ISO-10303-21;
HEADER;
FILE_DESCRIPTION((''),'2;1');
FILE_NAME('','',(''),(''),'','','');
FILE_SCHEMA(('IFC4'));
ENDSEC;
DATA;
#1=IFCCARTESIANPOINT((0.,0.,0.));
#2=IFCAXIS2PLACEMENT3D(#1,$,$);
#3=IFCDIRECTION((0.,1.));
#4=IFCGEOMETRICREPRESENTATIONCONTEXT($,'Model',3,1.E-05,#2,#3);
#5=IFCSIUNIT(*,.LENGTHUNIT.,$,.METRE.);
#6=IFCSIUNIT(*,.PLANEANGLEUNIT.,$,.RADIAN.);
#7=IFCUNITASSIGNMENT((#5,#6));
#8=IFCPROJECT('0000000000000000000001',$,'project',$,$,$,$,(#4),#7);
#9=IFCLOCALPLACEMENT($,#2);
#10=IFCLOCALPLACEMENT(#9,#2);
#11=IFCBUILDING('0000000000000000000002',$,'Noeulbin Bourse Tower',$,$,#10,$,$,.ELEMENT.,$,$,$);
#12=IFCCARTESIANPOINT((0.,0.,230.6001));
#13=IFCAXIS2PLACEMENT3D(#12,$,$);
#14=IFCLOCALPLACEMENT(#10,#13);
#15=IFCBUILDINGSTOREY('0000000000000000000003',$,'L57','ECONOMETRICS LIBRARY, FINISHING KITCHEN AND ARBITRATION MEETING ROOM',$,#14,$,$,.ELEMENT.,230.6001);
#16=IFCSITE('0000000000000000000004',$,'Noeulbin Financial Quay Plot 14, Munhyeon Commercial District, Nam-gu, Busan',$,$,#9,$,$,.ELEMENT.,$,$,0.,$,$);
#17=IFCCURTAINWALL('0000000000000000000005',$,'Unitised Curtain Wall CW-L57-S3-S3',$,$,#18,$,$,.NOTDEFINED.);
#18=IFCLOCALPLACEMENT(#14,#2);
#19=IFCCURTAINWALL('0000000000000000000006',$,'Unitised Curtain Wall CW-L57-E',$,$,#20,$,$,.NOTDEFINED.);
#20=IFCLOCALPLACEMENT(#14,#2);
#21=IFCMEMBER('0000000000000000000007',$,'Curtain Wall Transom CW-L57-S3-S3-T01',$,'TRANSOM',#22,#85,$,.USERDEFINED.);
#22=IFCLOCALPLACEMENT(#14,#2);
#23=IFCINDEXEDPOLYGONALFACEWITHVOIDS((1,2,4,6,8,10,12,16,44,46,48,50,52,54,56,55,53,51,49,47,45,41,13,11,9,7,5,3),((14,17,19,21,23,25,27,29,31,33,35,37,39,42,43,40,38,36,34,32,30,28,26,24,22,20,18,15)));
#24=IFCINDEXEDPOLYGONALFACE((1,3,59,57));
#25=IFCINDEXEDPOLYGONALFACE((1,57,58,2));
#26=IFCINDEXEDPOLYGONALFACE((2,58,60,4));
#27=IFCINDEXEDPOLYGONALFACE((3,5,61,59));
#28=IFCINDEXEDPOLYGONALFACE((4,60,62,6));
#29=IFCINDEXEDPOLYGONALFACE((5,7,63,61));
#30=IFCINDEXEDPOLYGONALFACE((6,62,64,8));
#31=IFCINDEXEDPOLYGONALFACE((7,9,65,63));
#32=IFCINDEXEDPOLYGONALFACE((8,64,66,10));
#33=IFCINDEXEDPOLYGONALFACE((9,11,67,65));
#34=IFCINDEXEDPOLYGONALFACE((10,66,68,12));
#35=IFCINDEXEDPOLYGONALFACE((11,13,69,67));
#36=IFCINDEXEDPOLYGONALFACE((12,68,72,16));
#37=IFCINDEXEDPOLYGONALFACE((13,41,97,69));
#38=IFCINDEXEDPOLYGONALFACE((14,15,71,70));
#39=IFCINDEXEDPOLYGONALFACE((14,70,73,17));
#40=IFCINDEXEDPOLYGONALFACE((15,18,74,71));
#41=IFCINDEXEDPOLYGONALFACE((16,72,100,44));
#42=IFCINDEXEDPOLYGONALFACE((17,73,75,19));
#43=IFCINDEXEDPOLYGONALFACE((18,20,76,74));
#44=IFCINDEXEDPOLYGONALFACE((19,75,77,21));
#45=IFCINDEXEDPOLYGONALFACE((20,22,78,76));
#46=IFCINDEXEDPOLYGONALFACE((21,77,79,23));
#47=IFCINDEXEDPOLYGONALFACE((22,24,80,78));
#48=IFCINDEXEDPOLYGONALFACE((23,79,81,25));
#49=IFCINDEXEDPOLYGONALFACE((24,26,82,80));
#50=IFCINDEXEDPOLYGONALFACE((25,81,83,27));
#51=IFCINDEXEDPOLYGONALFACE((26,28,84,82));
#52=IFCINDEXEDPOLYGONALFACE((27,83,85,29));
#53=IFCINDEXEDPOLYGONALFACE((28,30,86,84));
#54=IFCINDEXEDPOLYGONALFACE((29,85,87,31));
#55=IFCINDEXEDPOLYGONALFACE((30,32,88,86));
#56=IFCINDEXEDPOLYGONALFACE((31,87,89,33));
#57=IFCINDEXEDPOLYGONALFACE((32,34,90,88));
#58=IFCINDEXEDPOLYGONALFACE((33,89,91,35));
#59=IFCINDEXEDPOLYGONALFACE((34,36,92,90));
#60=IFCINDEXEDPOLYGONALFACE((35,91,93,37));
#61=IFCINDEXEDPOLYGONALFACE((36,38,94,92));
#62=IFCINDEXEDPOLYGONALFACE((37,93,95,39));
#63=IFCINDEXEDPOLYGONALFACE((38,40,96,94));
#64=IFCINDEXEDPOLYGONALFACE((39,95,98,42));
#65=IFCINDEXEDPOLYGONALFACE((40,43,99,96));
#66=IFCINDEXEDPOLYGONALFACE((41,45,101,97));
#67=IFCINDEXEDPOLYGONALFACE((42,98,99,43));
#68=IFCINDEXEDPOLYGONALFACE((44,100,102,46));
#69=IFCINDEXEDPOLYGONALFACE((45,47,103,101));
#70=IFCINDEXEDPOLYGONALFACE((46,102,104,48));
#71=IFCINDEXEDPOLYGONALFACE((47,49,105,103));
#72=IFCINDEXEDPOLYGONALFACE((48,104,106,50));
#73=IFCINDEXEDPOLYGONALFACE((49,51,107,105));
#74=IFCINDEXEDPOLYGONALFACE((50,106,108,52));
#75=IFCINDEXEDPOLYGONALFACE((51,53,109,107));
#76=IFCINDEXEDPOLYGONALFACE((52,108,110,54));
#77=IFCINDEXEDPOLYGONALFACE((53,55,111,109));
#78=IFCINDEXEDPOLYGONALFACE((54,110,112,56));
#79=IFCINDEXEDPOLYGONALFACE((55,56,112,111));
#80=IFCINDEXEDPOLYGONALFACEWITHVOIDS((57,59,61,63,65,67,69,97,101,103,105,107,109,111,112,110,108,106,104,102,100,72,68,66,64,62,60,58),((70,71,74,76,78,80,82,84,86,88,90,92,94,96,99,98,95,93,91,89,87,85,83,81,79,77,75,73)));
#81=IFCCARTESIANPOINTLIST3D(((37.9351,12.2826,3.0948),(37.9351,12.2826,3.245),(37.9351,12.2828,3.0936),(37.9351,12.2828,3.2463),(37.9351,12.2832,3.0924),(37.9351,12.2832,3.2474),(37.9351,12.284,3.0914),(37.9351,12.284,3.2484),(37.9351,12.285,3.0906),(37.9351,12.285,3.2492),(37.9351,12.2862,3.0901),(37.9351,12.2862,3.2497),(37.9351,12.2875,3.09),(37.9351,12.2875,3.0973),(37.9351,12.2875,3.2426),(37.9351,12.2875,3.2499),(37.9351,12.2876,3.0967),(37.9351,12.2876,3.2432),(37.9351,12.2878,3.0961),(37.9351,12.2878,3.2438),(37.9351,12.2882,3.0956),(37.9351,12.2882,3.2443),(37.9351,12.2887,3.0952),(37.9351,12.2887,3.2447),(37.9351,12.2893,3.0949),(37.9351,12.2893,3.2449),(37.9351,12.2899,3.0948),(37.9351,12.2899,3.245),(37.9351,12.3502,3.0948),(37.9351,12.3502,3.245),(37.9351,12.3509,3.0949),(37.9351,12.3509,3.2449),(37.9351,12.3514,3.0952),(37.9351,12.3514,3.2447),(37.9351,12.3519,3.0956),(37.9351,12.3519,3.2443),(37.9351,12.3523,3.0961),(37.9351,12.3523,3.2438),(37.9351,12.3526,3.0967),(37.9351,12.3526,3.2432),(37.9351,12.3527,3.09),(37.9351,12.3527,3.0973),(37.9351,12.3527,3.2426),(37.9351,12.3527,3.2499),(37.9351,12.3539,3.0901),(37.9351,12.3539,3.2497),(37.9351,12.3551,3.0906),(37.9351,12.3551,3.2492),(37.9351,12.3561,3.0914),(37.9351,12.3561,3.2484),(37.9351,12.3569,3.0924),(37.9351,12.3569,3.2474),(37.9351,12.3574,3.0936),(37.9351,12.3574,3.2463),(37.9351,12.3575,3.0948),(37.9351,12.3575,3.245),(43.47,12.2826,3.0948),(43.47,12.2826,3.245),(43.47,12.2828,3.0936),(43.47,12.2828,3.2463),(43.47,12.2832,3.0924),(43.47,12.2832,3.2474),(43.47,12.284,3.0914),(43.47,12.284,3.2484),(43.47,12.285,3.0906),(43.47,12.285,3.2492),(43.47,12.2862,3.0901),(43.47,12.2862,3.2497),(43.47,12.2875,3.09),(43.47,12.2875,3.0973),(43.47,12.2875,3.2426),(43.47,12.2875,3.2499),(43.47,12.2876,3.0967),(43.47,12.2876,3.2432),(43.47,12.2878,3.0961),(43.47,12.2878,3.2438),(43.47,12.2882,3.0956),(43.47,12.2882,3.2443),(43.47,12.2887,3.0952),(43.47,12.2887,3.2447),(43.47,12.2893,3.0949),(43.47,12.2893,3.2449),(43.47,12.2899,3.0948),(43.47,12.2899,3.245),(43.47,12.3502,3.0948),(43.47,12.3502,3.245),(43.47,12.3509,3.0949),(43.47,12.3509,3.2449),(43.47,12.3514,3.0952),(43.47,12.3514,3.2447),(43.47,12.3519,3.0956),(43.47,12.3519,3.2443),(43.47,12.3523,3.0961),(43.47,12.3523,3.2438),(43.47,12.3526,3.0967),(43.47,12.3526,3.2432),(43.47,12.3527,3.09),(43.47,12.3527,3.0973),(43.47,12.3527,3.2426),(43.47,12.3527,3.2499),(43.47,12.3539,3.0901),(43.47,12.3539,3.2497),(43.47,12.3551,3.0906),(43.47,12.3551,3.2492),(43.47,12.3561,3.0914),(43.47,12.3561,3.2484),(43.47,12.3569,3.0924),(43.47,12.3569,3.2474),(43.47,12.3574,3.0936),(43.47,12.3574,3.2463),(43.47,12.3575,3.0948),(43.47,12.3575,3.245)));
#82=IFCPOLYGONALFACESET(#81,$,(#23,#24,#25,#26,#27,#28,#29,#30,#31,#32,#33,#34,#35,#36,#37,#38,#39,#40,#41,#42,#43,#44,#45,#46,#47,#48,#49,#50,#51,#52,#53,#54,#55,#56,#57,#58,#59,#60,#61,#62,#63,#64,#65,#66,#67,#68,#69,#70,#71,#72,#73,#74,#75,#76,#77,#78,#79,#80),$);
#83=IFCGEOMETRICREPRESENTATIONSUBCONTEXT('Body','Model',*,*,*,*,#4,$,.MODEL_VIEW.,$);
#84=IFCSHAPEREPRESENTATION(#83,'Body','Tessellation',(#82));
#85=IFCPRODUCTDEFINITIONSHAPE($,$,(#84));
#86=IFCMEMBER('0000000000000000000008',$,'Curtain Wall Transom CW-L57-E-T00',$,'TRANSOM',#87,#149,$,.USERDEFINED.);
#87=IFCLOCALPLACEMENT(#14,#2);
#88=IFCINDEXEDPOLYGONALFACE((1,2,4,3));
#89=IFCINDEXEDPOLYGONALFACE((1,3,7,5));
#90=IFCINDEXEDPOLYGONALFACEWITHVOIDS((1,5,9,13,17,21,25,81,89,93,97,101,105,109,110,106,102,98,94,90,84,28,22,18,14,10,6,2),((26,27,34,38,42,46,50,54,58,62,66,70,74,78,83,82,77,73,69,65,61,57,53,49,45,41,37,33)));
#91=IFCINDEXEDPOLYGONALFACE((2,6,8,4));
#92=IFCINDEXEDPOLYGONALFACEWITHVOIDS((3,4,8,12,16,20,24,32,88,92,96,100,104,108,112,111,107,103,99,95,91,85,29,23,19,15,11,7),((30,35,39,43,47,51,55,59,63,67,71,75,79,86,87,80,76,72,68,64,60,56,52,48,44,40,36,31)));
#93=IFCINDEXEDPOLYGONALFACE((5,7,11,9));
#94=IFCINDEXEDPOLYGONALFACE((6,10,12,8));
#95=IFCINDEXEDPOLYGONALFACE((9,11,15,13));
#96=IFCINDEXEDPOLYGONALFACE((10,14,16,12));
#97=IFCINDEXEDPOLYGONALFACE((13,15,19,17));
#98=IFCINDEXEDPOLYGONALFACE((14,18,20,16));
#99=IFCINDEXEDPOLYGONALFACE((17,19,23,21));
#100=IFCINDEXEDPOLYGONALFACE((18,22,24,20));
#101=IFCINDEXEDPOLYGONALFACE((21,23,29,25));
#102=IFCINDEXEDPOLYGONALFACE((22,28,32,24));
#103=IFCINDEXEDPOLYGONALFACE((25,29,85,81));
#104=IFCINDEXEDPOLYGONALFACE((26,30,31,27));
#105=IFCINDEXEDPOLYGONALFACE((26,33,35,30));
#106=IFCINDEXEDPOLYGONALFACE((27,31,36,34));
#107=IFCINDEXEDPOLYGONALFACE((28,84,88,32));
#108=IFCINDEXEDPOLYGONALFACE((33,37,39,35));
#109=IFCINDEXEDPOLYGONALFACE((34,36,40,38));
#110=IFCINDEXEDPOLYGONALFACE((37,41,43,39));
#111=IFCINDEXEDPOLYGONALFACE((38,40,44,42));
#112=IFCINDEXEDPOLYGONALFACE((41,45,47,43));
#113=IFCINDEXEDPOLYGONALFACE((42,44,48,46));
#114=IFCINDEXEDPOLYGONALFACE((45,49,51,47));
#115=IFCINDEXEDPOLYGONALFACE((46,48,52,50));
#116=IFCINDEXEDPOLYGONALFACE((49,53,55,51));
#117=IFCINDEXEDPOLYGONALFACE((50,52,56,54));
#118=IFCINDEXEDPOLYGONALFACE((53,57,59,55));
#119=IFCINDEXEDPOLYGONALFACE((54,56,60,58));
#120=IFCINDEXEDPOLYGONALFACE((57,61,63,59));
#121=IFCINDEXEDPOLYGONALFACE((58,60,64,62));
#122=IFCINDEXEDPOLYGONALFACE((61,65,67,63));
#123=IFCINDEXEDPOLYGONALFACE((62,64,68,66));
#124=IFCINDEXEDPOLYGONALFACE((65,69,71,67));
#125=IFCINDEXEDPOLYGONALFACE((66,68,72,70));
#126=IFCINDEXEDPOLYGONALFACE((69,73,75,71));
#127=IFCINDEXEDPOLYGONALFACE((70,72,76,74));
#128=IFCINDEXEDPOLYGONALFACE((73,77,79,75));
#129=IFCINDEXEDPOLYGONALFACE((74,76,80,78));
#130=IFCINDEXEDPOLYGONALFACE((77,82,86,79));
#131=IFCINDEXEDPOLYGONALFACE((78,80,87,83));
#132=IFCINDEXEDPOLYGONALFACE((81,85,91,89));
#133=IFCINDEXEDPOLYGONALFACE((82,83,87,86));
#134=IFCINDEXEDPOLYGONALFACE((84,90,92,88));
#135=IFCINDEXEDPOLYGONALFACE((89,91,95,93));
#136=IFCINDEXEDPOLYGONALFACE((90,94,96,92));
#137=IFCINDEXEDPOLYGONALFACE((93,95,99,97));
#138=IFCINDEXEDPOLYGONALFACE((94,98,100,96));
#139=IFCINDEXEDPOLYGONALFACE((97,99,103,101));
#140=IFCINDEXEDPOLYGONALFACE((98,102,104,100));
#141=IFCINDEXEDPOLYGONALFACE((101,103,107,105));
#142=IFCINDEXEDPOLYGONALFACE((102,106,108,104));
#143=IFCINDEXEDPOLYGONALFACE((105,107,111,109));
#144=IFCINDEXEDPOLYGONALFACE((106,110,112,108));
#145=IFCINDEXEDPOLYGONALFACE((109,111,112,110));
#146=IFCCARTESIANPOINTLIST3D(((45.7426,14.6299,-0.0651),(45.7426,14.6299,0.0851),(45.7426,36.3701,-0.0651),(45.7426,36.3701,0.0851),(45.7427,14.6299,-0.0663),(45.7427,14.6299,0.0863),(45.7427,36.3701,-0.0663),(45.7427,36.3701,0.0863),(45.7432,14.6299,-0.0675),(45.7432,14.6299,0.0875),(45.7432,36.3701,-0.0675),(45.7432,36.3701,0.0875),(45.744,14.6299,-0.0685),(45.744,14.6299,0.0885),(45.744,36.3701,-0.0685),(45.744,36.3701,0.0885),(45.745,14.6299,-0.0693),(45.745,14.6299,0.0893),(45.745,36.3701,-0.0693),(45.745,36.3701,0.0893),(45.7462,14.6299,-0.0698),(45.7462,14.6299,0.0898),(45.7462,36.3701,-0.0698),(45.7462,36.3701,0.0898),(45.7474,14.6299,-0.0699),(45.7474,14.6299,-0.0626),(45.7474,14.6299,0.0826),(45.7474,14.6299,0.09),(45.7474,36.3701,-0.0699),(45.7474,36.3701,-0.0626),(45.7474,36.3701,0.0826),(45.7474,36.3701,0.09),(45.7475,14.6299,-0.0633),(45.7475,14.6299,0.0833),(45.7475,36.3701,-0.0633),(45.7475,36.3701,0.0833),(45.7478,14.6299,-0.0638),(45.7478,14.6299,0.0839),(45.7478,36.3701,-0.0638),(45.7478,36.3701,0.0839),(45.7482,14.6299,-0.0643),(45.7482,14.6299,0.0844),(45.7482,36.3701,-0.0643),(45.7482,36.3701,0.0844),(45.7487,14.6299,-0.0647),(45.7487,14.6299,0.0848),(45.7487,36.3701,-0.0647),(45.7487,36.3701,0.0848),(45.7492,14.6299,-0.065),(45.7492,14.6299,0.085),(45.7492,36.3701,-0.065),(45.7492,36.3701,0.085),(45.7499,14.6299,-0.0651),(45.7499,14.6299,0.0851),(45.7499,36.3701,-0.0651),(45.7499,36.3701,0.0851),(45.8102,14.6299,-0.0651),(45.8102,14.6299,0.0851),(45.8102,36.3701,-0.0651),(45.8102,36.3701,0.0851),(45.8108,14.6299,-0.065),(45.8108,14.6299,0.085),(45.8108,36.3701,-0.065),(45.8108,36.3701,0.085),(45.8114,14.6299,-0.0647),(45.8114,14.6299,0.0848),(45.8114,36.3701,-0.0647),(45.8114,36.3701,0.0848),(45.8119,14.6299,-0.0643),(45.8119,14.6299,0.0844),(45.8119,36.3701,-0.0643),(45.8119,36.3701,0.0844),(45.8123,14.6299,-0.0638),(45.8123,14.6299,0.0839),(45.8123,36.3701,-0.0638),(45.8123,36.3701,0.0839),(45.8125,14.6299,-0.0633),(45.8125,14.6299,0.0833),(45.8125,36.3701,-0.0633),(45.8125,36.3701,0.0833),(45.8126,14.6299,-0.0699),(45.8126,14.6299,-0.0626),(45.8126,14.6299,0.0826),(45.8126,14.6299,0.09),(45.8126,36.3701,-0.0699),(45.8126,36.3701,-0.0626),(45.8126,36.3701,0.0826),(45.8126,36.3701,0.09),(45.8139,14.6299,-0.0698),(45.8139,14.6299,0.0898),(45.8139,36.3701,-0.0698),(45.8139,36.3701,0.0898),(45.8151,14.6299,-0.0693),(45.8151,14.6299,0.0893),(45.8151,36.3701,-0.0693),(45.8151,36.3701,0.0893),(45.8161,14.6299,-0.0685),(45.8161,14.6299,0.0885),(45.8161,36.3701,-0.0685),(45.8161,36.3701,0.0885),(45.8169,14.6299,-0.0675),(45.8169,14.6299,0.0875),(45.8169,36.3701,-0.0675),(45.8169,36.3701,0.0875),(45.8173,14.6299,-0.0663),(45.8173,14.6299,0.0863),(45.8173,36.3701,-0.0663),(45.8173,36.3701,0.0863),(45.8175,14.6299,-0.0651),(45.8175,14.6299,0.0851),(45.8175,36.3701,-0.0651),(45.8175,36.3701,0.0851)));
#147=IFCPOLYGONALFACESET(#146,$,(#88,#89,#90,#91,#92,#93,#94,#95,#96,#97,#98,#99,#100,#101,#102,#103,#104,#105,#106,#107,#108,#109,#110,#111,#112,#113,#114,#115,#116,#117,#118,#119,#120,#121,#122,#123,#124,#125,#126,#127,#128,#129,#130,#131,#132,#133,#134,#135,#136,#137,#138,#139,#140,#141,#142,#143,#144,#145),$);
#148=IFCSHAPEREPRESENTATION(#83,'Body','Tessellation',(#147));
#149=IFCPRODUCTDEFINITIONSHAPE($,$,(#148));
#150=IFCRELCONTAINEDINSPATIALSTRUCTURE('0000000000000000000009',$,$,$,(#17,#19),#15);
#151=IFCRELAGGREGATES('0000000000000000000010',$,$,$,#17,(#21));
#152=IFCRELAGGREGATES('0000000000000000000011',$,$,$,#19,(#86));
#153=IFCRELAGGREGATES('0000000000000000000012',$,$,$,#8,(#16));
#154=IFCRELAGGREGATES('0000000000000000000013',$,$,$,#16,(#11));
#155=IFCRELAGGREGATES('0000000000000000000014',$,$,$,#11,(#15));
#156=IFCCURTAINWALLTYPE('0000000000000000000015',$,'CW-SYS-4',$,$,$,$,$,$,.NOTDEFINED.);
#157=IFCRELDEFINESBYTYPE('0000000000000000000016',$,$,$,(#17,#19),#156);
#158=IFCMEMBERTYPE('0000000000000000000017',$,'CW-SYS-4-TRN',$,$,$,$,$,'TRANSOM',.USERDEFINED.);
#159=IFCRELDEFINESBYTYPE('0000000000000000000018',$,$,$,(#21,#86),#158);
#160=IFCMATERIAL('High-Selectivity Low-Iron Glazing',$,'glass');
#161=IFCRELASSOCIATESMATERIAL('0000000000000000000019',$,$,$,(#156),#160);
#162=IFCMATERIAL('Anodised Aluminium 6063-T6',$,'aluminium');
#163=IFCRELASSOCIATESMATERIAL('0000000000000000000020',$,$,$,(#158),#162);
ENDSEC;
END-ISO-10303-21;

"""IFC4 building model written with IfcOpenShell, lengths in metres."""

from ifc_helpers import new_model, si_unit, direction, frame, origin, origin_2d, place, context, subcontext, project, spatial, hollow_rectangle, extrude, material, material_profile, profile_set, type_object, element, aggregate, save


model = new_model("IFC4")

# Units and contexts
model_context = context("Model", 3, precision=1e-05, world=origin(), true_north=direction((0.0, 1.0)))
body_context = subcontext(model_context, "Body", "Model", "MODEL_VIEW")
ifc_project = project(units=[si_unit("LENGTHUNIT", "METRE"), si_unit("PLANEANGLEUNIT", "RADIAN")], contexts=[model_context])

# Site, building, storey
site_placement = place(None, origin())
site = spatial("IfcSite", under=ifc_project, at=site_placement, Name="Noeulbin Financial Quay Plot 14, Munhyeon Commercial District, Nam-gu, Busan", CompositionType="ELEMENT", RefElevation=0.0)
building_placement = place(site_placement, origin())
building = spatial("IfcBuilding", under=site, at=building_placement, Name="Noeulbin Bourse Tower", CompositionType="ELEMENT")
storey_placement = place(building_placement, frame((0.0, 0.0, 230.6001)))
storey = spatial("IfcBuildingStorey", under=building, at=storey_placement, Name="L57", Description="ECONOMETRICS LIBRARY, FINISHING KITCHEN AND ARBITRATION MEETING ROOM", CompositionType="ELEMENT", Elevation=230.6001)

# Curtain walls
ifc_material_1 = material(Name="High-Selectivity Low-Iron Glazing", Category="glass")
curtain_wall_type = type_object("IfcCurtainWallType", Name="CW-SYS-4", PredefinedType="NOTDEFINED", material=ifc_material_1)
ifc_material_2 = material(Name="Anodised Aluminium 6063-T6", Category="aluminium")
curtain_wall_1_placement = place(storey_placement, origin())
curtain_wall_1 = element("IfcCurtainWall", 1, at=curtain_wall_1_placement, inside=storey, type_object=curtain_wall_type, Name="Unitised Curtain Wall CW-L57-S3-S3", PredefinedType="NOTDEFINED")
curtain_wall_2_placement = place(storey_placement, origin())
curtain_wall_2 = element("IfcCurtainWall", 2, at=curtain_wall_2_placement, inside=storey, type_object=curtain_wall_type, Name="Unitised Curtain Wall CW-L57-E", PredefinedType="NOTDEFINED")

# Members
ifc_material_profile_1 = material_profile(ifc_material_2, hollow_rectangle(XDim=0.075, YDim=0.1599, WallThickness=0.0049, InnerFilletRadius=0.0024, OuterFilletRadius=0.0049, at=origin_2d()), Name="ALU-TRAN-75x160x5", Category="LoadBearing")
ifc_profile_set_1 = profile_set([ifc_material_profile_1], Name="Anodised Aluminium 6063-T6")
member_type_1 = type_object("IfcMemberType", Name="CW-SYS-4-TRN", ElementType="TRANSOM", PredefinedType="USERDEFINED", material=ifc_profile_set_1)
member_1_placement = place(storey_placement, frame((37.9351, 12.3201, 3.1699), z_axis=(1.0, 0.0, 0.0), x_axis=(0.0, 1.0, 0.0)))
member_1 = element("IfcMember", 3, at=member_1_placement, type_object=member_type_1, Name="Curtain Wall Transom CW-L57-S3-S3-T01", ObjectType="TRANSOM", PredefinedType="USERDEFINED", context=body_context, shape_type="SweptSolid", body=[
    extrude(hollow_rectangle(XDim=0.075, YDim=0.1599, WallThickness=0.0049, InnerFilletRadius=0.0024, OuterFilletRadius=0.0049, at=origin_2d()), origin(), (0.0, 0.0, 1.0), 5.5349),
])
member_2_placement = place(storey_placement, frame((45.78, 14.6299, 0.01), z_axis=(0.0, 1.0, 0.0), x_axis=(-1.0, 0.0, 0.0)))
member_2 = element("IfcMember", 4, at=member_2_placement, type_object=member_type_1, Name="Curtain Wall Transom CW-L57-E-T00", ObjectType="TRANSOM", PredefinedType="USERDEFINED", context=body_context, shape_type="SweptSolid", body=[
    extrude(hollow_rectangle(XDim=0.075, YDim=0.1599, WallThickness=0.0049, InnerFilletRadius=0.0024, OuterFilletRadius=0.0049, at=origin_2d()), origin(), (0.0, 0.0, 1.0), 21.7402),
])

aggregate(curtain_wall_1, [member_1])
aggregate(curtain_wall_2, [member_2])

save(model, "model.ifc")
